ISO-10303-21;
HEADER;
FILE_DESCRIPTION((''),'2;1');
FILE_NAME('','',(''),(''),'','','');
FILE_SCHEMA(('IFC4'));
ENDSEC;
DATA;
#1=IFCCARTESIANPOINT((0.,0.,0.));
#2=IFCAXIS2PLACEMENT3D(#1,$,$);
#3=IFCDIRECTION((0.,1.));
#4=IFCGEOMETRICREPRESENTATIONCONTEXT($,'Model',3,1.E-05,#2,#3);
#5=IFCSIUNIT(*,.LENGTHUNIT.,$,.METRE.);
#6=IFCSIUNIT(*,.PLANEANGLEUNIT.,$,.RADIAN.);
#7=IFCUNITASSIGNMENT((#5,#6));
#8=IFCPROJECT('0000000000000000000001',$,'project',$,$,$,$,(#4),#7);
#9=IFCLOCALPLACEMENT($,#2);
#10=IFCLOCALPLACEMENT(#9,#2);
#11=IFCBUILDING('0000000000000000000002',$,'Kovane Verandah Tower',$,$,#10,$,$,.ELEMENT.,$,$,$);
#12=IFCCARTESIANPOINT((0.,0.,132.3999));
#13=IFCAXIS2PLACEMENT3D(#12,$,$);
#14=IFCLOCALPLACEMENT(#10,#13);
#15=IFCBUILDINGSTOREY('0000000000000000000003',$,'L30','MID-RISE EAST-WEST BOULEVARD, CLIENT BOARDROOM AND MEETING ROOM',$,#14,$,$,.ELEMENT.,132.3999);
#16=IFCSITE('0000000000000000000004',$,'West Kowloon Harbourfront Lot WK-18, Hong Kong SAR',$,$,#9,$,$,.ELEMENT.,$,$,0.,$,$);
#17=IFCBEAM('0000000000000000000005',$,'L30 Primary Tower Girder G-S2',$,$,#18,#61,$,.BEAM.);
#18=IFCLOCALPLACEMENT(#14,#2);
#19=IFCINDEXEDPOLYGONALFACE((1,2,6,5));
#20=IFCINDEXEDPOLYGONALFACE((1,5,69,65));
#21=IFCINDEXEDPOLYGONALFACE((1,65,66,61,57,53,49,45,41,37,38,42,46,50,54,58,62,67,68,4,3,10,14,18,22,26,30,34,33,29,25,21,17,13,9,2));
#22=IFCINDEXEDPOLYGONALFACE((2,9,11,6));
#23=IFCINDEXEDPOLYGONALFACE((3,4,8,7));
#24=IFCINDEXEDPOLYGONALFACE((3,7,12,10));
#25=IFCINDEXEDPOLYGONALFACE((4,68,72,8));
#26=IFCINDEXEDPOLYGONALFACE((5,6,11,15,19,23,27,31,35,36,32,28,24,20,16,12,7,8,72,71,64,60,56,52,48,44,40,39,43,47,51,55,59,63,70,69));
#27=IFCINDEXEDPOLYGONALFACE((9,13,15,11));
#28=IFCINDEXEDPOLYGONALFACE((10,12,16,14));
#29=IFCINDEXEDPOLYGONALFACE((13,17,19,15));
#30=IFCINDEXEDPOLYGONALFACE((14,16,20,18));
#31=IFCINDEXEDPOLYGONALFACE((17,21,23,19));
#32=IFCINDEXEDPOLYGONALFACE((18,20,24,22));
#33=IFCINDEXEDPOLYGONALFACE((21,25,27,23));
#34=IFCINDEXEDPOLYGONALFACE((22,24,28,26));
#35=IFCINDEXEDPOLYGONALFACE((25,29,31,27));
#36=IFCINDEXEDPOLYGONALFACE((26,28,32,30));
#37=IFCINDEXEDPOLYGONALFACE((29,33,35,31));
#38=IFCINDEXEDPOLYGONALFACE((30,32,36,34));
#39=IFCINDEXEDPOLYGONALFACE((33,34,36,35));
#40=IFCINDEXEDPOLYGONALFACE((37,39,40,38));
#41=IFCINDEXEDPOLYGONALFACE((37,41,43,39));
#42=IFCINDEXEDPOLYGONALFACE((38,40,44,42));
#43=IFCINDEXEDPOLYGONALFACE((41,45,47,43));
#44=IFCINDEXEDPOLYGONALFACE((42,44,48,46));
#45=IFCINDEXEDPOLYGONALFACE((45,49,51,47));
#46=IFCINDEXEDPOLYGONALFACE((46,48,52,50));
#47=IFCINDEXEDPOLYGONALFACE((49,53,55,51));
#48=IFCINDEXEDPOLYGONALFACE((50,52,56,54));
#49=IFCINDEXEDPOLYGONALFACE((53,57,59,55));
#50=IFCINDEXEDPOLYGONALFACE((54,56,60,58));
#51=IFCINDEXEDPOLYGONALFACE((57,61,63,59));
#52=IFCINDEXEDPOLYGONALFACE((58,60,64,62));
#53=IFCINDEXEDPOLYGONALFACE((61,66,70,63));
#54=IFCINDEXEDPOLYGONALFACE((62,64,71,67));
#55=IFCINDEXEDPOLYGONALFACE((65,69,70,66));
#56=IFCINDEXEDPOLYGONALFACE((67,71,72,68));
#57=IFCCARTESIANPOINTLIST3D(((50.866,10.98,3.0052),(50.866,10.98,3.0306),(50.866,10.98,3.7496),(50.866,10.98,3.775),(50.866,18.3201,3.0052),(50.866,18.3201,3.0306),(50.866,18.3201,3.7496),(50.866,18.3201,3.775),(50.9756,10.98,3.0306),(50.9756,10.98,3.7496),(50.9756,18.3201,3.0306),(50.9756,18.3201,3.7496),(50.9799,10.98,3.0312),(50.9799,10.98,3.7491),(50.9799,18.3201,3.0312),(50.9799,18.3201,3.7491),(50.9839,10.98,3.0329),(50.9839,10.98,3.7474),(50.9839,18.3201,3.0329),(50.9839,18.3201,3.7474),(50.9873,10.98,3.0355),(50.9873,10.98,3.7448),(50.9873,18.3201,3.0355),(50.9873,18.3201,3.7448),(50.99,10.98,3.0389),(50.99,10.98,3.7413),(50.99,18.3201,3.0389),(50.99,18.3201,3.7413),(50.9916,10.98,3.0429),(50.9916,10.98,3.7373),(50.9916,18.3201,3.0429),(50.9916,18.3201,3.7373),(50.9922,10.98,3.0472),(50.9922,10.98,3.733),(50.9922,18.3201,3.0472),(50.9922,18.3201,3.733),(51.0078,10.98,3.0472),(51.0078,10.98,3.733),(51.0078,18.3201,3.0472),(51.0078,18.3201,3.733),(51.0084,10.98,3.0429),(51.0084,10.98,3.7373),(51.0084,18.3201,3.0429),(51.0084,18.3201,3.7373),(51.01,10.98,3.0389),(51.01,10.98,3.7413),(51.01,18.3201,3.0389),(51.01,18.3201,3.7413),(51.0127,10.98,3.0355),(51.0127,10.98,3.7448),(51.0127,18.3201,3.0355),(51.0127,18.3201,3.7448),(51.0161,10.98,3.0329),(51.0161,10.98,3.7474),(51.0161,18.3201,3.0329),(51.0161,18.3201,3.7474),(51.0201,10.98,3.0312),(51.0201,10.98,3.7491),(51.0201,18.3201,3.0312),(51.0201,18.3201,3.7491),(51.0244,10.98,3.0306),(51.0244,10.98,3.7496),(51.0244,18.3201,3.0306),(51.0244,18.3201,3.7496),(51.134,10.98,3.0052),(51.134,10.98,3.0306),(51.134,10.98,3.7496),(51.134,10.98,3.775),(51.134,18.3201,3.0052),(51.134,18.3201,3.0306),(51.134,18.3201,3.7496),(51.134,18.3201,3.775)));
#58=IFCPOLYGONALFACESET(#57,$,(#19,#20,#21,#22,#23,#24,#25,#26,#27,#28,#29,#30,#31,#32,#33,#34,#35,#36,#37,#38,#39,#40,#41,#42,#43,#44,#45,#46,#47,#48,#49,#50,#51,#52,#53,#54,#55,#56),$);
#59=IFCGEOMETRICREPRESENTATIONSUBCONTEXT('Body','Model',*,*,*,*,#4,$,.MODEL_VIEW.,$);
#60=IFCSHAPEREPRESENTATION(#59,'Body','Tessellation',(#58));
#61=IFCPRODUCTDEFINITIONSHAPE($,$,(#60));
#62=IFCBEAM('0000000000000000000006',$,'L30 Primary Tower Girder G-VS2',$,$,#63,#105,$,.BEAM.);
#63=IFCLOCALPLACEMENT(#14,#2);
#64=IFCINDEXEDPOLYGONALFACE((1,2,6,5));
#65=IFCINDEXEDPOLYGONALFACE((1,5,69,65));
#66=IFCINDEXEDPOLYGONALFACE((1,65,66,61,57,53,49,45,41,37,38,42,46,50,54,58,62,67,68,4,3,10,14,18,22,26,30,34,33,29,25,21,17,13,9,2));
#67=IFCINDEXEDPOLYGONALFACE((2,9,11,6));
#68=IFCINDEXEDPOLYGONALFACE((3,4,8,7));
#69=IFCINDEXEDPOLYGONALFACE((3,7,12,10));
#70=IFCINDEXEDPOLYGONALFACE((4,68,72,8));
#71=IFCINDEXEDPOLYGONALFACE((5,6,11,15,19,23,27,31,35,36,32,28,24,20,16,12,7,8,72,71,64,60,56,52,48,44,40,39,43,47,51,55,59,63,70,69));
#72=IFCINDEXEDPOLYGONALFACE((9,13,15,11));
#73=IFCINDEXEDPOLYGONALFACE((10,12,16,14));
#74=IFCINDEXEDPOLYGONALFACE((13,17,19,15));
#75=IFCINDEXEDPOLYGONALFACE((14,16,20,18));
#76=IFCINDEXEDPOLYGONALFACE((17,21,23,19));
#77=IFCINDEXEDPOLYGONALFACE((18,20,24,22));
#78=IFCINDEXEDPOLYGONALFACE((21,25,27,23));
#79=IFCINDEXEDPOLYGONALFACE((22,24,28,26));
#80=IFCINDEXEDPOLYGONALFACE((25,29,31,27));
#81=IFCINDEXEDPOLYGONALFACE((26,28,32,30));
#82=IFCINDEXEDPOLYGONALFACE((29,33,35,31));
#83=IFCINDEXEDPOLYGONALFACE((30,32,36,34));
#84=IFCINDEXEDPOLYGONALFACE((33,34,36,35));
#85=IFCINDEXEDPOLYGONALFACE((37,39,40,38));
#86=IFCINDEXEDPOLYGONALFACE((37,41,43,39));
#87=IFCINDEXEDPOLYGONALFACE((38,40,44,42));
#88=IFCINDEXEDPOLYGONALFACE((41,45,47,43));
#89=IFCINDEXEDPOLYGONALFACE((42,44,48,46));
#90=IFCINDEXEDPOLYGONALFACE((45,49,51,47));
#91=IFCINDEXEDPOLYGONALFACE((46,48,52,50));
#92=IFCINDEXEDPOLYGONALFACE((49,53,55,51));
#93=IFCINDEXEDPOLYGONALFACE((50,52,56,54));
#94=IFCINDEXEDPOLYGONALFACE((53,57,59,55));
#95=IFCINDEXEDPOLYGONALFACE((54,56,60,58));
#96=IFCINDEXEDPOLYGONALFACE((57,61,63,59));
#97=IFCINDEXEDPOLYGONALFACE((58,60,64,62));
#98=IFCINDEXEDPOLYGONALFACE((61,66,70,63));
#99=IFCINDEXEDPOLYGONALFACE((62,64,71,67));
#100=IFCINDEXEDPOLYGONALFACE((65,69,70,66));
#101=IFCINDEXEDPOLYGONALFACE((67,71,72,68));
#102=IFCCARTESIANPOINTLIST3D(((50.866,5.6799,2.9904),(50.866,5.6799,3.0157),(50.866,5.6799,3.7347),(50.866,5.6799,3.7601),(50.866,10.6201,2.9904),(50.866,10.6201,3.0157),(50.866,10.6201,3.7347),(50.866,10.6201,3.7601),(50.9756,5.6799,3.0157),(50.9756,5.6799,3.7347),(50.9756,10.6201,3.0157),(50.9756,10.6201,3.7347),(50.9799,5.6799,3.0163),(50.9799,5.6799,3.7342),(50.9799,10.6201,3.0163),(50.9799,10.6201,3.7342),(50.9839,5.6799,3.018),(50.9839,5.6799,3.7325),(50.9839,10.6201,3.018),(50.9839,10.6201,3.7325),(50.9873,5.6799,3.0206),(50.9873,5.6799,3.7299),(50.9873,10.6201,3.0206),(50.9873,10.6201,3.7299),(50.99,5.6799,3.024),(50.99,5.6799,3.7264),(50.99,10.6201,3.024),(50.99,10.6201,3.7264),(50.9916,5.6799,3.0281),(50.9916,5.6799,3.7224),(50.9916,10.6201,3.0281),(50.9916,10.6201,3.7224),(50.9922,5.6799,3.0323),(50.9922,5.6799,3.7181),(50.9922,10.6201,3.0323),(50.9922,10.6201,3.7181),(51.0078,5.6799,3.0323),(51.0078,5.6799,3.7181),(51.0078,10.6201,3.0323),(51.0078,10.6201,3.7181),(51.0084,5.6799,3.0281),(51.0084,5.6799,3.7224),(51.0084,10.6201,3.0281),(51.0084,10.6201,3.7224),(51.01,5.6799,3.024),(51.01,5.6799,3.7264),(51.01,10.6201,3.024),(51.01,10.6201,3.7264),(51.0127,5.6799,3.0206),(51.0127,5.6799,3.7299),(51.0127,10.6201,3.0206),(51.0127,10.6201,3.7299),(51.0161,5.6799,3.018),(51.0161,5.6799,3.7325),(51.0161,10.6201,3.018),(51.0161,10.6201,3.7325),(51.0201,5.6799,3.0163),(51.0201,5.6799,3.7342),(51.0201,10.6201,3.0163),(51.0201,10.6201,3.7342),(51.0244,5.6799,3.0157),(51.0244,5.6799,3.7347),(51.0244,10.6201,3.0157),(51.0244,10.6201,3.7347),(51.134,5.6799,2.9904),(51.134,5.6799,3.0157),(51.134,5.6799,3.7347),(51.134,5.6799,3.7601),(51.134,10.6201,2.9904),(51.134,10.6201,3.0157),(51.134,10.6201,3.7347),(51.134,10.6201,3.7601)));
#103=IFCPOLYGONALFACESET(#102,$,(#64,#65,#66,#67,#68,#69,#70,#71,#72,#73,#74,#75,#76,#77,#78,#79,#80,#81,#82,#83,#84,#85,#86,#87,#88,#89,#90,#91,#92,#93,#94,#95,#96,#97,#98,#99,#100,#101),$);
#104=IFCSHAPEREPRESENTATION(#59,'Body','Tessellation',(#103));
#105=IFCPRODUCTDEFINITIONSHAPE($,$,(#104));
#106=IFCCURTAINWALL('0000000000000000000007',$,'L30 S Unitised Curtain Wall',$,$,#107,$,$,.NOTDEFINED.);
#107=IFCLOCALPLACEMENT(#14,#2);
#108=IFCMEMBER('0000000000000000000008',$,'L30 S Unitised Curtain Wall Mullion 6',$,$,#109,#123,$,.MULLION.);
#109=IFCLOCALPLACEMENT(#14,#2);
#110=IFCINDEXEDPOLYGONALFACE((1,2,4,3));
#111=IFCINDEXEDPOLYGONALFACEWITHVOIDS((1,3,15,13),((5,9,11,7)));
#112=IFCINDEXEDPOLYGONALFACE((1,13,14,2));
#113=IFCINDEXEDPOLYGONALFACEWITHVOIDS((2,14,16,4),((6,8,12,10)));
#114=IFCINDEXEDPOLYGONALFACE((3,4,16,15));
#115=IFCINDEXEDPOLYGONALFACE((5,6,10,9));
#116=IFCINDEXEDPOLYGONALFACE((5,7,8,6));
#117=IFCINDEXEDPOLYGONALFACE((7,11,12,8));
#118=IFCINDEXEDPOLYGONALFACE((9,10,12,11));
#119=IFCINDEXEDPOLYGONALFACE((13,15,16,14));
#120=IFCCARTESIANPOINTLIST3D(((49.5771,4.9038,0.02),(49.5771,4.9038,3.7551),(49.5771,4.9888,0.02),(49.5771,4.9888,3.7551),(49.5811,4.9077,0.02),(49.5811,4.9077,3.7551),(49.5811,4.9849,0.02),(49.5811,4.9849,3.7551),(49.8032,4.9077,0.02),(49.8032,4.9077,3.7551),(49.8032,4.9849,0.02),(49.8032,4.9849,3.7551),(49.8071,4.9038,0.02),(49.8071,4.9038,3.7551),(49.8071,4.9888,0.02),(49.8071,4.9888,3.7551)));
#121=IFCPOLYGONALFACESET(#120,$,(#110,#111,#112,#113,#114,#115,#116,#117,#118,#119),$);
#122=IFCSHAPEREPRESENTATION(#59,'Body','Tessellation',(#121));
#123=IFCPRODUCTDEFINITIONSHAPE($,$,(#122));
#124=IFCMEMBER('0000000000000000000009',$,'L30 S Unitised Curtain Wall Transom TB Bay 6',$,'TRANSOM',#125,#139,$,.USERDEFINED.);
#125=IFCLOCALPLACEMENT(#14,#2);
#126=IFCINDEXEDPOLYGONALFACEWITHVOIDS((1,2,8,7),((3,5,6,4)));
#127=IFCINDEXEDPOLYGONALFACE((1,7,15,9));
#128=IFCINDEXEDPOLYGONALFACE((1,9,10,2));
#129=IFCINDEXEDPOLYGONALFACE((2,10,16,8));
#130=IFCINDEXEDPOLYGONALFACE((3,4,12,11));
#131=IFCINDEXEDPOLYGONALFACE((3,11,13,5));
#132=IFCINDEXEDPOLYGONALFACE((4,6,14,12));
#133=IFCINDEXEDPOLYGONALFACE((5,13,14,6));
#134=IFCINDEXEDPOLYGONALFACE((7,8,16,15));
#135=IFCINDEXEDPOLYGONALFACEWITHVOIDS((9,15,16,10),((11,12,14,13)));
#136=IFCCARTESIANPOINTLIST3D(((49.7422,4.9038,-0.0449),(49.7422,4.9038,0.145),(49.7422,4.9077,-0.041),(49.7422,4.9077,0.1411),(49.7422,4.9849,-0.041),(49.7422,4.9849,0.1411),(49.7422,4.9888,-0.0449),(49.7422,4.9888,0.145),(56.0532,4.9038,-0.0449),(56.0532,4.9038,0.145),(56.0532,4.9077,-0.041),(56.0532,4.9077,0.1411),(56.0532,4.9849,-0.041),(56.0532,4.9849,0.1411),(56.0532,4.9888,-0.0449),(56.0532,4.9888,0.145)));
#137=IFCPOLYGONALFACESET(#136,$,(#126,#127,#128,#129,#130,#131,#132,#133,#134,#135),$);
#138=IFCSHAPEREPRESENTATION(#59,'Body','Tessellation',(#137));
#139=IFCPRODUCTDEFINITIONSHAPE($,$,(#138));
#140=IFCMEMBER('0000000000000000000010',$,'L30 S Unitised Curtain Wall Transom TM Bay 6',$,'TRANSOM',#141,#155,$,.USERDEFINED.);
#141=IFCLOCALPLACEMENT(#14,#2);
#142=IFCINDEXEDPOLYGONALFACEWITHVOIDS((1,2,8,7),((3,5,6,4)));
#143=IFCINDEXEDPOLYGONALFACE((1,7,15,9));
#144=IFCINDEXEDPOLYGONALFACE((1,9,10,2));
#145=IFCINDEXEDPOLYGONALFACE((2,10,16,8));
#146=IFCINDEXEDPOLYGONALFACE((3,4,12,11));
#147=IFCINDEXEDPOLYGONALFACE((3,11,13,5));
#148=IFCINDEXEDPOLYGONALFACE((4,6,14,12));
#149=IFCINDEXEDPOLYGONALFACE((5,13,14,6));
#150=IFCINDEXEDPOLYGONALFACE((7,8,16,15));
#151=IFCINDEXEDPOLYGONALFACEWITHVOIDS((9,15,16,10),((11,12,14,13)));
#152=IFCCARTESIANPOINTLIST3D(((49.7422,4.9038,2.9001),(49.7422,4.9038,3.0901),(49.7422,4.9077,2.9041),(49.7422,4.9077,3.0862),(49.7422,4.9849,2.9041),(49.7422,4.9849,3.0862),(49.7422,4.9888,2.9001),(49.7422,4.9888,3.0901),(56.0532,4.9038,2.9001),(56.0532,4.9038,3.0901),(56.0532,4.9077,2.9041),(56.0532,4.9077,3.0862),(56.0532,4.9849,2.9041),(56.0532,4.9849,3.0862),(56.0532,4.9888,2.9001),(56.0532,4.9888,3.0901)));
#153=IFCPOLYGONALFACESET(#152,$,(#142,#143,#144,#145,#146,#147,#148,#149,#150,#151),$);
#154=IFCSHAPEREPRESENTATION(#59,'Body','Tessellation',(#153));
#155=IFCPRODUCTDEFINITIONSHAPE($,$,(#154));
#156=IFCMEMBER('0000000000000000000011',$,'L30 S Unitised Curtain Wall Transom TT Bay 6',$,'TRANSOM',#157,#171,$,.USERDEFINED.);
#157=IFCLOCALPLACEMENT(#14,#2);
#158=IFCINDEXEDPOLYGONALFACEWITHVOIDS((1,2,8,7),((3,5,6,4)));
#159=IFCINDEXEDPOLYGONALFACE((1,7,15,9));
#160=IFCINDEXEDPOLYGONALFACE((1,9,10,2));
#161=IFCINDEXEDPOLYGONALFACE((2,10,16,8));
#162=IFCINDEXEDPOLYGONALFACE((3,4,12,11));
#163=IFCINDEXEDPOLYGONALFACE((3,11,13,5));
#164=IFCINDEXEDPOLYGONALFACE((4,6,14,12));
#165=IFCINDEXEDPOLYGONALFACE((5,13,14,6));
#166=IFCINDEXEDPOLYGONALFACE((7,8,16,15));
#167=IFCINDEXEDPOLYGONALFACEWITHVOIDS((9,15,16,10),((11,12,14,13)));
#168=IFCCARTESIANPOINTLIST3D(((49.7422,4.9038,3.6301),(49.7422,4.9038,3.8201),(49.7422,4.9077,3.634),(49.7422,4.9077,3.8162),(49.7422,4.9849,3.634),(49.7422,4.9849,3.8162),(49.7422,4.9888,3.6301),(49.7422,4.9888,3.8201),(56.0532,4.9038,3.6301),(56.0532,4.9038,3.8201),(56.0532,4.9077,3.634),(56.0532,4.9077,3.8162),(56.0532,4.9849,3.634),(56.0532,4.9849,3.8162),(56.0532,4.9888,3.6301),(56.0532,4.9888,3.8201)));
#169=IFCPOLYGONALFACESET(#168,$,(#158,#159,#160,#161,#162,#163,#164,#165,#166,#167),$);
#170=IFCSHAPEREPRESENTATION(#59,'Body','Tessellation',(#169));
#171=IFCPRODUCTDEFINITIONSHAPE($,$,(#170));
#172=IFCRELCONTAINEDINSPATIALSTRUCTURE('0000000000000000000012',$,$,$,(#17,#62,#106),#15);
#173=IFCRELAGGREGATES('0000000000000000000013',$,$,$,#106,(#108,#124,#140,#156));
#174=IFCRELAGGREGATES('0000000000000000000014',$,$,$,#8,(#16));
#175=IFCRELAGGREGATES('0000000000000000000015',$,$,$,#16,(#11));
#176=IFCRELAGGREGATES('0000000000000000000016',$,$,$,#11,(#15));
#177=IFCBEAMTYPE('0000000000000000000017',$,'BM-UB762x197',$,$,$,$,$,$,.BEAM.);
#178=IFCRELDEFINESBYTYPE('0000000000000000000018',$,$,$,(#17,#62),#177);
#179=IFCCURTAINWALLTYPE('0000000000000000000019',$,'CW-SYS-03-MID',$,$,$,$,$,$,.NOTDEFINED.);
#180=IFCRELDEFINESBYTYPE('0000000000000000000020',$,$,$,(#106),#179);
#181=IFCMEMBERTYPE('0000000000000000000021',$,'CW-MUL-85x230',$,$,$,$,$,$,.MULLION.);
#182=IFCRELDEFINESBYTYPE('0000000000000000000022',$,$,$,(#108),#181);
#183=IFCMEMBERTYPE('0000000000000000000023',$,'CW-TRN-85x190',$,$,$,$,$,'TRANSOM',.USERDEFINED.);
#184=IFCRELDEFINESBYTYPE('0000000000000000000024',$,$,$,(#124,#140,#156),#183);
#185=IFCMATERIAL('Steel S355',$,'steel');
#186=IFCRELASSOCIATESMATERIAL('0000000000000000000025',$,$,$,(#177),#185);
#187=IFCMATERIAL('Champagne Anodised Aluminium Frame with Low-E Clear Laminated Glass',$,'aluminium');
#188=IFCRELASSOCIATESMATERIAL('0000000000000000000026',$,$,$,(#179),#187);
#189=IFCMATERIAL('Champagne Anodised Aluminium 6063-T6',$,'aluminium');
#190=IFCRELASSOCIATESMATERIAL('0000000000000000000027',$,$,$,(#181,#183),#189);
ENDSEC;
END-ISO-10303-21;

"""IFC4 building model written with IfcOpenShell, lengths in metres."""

from ifc_helpers import new_model, si_unit, direction, frame, origin, origin_2d, place, context, subcontext, project, spatial, hollow_rectangle, i_section, extrude, material, material_profile, profile_set, type_object, element, aggregate, save


model = new_model("IFC4")

# Units and contexts
model_context = context("Model", 3, precision=1e-05, world=origin(), true_north=direction((0.0, 1.0)))
body_context = subcontext(model_context, "Body", "Model", "MODEL_VIEW")
ifc_project = project(units=[si_unit("LENGTHUNIT", "METRE"), si_unit("PLANEANGLEUNIT", "RADIAN")], contexts=[model_context])

# Site, building, storey
site_placement = place(None, origin())
site = spatial("IfcSite", under=ifc_project, at=site_placement, Name="West Kowloon Harbourfront Lot WK-18, Hong Kong SAR", CompositionType="ELEMENT", RefElevation=0.0)
building_placement = place(site_placement, origin())
building = spatial("IfcBuilding", under=site, at=building_placement, Name="Kovane Verandah Tower", CompositionType="ELEMENT")
storey_placement = place(building_placement, frame((0.0, 0.0, 132.3999)))
storey = spatial("IfcBuildingStorey", under=building, at=storey_placement, Name="L30", Description="MID-RISE EAST-WEST BOULEVARD, CLIENT BOARDROOM AND MEETING ROOM", CompositionType="ELEMENT", Elevation=132.3999)

# Beams
ifc_material_1 = material(Name="Steel S355", Category="steel")
ifc_material_profile_1 = material_profile(ifc_material_1, i_section(OverallWidth=0.2681, OverallDepth=0.7698, WebThickness=0.0156, FlangeThickness=0.0254, FilletRadius=0.0166, at=origin_2d()), Name="UB762x267x197")
ifc_profile_set_1 = profile_set([ifc_material_profile_1], Name="Steel S355")
beam_type_1 = type_object("IfcBeamType", Name="BM-UB762x197", PredefinedType="BEAM", material=ifc_profile_set_1)
beam_1_placement = place(storey_placement, frame((51.0, 18.3201, 3.3901), z_axis=(0.0, -1.0, 0.0), x_axis=(1.0, 0.0, 0.0)))
element("IfcBeam", 1, at=beam_1_placement, inside=storey, type_object=beam_type_1, Name="L30 Primary Tower Girder G-S2", PredefinedType="BEAM", context=body_context, shape_type="SweptSolid", body=[
    extrude(i_section(OverallWidth=0.2681, OverallDepth=0.7698, WebThickness=0.0156, FlangeThickness=0.0254, FilletRadius=0.0166, at=origin_2d()), origin(), (0.0, 0.0, 1.0), 7.3401),
])
beam_2_placement = place(storey_placement, frame((51.0, 10.6201, 3.3752), z_axis=(0.0, -1.0, 0.0), x_axis=(1.0, 0.0, 0.0)))
element("IfcBeam", 2, at=beam_2_placement, inside=storey, type_object=beam_type_1, Name="L30 Primary Tower Girder G-VS2", PredefinedType="BEAM", context=body_context, shape_type="SweptSolid", body=[
    extrude(i_section(OverallWidth=0.2681, OverallDepth=0.7698, WebThickness=0.0156, FlangeThickness=0.0254, FilletRadius=0.0166, at=origin_2d()), origin(), (0.0, 0.0, 1.0), 4.9402),
])

# Curtain wall, members
ifc_material_2 = material(Name="Champagne Anodised Aluminium Frame with Low-E Clear Laminated Glass", Category="aluminium")
curtain_wall_type = type_object("IfcCurtainWallType", Name="CW-SYS-03-MID", PredefinedType="NOTDEFINED", material=ifc_material_2)
curtain_wall_placement = place(storey_placement, origin())
curtain_wall = element("IfcCurtainWall", 3, at=curtain_wall_placement, inside=storey, type_object=curtain_wall_type, Name="L30 S Unitised Curtain Wall", PredefinedType="NOTDEFINED")
ifc_material_3 = material(Name="Champagne Anodised Aluminium 6063-T6", Category="aluminium")
ifc_material_profile_2 = material_profile(ifc_material_3, hollow_rectangle(XDim=0.085, YDim=0.23, WallThickness=0.0039, at=origin_2d()), Name="AL85x230x4")
ifc_profile_set_2 = profile_set([ifc_material_profile_2], Name="Champagne Anodised Aluminium 6063-T6")
member_type_1 = type_object("IfcMemberType", Name="CW-MUL-85x230", PredefinedType="MULLION", material=ifc_profile_set_2)
member_1_placement = place(storey_placement, frame((49.6921, 4.9463, 0.02), z_axis=(0.0, 0.0, 1.0), x_axis=(0.0, -1.0, 0.0)))
member_1 = element("IfcMember", 4, at=member_1_placement, type_object=member_type_1, Name="L30 S Unitised Curtain Wall Mullion 6", PredefinedType="MULLION", context=body_context, shape_type="SweptSolid", body=[
    extrude(hollow_rectangle(XDim=0.085, YDim=0.23, WallThickness=0.0039, at=origin_2d()), origin(), (0.0, 0.0, 1.0), 3.7351),
])
ifc_material_profile_3 = material_profile(ifc_material_3, hollow_rectangle(XDim=0.085, YDim=0.1899, WallThickness=0.0039, at=origin_2d()), Name="AL85x190x4")
ifc_profile_set_3 = profile_set([ifc_material_profile_3], Name="Champagne Anodised Aluminium 6063-T6")
member_type_2 = type_object("IfcMemberType", Name="CW-TRN-85x190", ElementType="TRANSOM", PredefinedType="USERDEFINED", material=ifc_profile_set_3)
member_2_placement = place(storey_placement, frame((49.7422, 4.9463, 0.05), z_axis=(1.0, 0.0, 0.0), x_axis=(0.0, 1.0, 0.0)))
member_2 = element("IfcMember", 5, at=member_2_placement, type_object=member_type_2, Name="L30 S Unitised Curtain Wall Transom TB Bay 6", ObjectType="TRANSOM", PredefinedType="USERDEFINED", context=body_context, shape_type="SweptSolid", body=[
    extrude(hollow_rectangle(XDim=0.085, YDim=0.1899, WallThickness=0.0039, at=origin_2d()), origin(), (0.0, 0.0, 1.0), 6.311),
])
member_3_placement = place(storey_placement, frame((49.7422, 4.9463, 2.9951), z_axis=(1.0, 0.0, 0.0), x_axis=(0.0, 1.0, 0.0)))
member_3 = element("IfcMember", 6, at=member_3_placement, type_object=member_type_2, Name="L30 S Unitised Curtain Wall Transom TM Bay 6", ObjectType="TRANSOM", PredefinedType="USERDEFINED", context=body_context, shape_type="SweptSolid", body=[
    extrude(hollow_rectangle(XDim=0.085, YDim=0.1899, WallThickness=0.0039, at=origin_2d()), origin(), (0.0, 0.0, 1.0), 6.311),
])
member_4_placement = place(storey_placement, frame((49.7422, 4.9463, 3.7251), z_axis=(1.0, 0.0, 0.0), x_axis=(0.0, 1.0, 0.0)))
member_4 = element("IfcMember", 7, at=member_4_placement, type_object=member_type_2, Name="L30 S Unitised Curtain Wall Transom TT Bay 6", ObjectType="TRANSOM", PredefinedType="USERDEFINED", context=body_context, shape_type="SweptSolid", body=[
    extrude(hollow_rectangle(XDim=0.085, YDim=0.1899, WallThickness=0.0039, at=origin_2d()), origin(), (0.0, 0.0, 1.0), 6.311),
])

aggregate(curtain_wall, [member_1, member_2, member_3, member_4])

save(model, "model.ifc")
